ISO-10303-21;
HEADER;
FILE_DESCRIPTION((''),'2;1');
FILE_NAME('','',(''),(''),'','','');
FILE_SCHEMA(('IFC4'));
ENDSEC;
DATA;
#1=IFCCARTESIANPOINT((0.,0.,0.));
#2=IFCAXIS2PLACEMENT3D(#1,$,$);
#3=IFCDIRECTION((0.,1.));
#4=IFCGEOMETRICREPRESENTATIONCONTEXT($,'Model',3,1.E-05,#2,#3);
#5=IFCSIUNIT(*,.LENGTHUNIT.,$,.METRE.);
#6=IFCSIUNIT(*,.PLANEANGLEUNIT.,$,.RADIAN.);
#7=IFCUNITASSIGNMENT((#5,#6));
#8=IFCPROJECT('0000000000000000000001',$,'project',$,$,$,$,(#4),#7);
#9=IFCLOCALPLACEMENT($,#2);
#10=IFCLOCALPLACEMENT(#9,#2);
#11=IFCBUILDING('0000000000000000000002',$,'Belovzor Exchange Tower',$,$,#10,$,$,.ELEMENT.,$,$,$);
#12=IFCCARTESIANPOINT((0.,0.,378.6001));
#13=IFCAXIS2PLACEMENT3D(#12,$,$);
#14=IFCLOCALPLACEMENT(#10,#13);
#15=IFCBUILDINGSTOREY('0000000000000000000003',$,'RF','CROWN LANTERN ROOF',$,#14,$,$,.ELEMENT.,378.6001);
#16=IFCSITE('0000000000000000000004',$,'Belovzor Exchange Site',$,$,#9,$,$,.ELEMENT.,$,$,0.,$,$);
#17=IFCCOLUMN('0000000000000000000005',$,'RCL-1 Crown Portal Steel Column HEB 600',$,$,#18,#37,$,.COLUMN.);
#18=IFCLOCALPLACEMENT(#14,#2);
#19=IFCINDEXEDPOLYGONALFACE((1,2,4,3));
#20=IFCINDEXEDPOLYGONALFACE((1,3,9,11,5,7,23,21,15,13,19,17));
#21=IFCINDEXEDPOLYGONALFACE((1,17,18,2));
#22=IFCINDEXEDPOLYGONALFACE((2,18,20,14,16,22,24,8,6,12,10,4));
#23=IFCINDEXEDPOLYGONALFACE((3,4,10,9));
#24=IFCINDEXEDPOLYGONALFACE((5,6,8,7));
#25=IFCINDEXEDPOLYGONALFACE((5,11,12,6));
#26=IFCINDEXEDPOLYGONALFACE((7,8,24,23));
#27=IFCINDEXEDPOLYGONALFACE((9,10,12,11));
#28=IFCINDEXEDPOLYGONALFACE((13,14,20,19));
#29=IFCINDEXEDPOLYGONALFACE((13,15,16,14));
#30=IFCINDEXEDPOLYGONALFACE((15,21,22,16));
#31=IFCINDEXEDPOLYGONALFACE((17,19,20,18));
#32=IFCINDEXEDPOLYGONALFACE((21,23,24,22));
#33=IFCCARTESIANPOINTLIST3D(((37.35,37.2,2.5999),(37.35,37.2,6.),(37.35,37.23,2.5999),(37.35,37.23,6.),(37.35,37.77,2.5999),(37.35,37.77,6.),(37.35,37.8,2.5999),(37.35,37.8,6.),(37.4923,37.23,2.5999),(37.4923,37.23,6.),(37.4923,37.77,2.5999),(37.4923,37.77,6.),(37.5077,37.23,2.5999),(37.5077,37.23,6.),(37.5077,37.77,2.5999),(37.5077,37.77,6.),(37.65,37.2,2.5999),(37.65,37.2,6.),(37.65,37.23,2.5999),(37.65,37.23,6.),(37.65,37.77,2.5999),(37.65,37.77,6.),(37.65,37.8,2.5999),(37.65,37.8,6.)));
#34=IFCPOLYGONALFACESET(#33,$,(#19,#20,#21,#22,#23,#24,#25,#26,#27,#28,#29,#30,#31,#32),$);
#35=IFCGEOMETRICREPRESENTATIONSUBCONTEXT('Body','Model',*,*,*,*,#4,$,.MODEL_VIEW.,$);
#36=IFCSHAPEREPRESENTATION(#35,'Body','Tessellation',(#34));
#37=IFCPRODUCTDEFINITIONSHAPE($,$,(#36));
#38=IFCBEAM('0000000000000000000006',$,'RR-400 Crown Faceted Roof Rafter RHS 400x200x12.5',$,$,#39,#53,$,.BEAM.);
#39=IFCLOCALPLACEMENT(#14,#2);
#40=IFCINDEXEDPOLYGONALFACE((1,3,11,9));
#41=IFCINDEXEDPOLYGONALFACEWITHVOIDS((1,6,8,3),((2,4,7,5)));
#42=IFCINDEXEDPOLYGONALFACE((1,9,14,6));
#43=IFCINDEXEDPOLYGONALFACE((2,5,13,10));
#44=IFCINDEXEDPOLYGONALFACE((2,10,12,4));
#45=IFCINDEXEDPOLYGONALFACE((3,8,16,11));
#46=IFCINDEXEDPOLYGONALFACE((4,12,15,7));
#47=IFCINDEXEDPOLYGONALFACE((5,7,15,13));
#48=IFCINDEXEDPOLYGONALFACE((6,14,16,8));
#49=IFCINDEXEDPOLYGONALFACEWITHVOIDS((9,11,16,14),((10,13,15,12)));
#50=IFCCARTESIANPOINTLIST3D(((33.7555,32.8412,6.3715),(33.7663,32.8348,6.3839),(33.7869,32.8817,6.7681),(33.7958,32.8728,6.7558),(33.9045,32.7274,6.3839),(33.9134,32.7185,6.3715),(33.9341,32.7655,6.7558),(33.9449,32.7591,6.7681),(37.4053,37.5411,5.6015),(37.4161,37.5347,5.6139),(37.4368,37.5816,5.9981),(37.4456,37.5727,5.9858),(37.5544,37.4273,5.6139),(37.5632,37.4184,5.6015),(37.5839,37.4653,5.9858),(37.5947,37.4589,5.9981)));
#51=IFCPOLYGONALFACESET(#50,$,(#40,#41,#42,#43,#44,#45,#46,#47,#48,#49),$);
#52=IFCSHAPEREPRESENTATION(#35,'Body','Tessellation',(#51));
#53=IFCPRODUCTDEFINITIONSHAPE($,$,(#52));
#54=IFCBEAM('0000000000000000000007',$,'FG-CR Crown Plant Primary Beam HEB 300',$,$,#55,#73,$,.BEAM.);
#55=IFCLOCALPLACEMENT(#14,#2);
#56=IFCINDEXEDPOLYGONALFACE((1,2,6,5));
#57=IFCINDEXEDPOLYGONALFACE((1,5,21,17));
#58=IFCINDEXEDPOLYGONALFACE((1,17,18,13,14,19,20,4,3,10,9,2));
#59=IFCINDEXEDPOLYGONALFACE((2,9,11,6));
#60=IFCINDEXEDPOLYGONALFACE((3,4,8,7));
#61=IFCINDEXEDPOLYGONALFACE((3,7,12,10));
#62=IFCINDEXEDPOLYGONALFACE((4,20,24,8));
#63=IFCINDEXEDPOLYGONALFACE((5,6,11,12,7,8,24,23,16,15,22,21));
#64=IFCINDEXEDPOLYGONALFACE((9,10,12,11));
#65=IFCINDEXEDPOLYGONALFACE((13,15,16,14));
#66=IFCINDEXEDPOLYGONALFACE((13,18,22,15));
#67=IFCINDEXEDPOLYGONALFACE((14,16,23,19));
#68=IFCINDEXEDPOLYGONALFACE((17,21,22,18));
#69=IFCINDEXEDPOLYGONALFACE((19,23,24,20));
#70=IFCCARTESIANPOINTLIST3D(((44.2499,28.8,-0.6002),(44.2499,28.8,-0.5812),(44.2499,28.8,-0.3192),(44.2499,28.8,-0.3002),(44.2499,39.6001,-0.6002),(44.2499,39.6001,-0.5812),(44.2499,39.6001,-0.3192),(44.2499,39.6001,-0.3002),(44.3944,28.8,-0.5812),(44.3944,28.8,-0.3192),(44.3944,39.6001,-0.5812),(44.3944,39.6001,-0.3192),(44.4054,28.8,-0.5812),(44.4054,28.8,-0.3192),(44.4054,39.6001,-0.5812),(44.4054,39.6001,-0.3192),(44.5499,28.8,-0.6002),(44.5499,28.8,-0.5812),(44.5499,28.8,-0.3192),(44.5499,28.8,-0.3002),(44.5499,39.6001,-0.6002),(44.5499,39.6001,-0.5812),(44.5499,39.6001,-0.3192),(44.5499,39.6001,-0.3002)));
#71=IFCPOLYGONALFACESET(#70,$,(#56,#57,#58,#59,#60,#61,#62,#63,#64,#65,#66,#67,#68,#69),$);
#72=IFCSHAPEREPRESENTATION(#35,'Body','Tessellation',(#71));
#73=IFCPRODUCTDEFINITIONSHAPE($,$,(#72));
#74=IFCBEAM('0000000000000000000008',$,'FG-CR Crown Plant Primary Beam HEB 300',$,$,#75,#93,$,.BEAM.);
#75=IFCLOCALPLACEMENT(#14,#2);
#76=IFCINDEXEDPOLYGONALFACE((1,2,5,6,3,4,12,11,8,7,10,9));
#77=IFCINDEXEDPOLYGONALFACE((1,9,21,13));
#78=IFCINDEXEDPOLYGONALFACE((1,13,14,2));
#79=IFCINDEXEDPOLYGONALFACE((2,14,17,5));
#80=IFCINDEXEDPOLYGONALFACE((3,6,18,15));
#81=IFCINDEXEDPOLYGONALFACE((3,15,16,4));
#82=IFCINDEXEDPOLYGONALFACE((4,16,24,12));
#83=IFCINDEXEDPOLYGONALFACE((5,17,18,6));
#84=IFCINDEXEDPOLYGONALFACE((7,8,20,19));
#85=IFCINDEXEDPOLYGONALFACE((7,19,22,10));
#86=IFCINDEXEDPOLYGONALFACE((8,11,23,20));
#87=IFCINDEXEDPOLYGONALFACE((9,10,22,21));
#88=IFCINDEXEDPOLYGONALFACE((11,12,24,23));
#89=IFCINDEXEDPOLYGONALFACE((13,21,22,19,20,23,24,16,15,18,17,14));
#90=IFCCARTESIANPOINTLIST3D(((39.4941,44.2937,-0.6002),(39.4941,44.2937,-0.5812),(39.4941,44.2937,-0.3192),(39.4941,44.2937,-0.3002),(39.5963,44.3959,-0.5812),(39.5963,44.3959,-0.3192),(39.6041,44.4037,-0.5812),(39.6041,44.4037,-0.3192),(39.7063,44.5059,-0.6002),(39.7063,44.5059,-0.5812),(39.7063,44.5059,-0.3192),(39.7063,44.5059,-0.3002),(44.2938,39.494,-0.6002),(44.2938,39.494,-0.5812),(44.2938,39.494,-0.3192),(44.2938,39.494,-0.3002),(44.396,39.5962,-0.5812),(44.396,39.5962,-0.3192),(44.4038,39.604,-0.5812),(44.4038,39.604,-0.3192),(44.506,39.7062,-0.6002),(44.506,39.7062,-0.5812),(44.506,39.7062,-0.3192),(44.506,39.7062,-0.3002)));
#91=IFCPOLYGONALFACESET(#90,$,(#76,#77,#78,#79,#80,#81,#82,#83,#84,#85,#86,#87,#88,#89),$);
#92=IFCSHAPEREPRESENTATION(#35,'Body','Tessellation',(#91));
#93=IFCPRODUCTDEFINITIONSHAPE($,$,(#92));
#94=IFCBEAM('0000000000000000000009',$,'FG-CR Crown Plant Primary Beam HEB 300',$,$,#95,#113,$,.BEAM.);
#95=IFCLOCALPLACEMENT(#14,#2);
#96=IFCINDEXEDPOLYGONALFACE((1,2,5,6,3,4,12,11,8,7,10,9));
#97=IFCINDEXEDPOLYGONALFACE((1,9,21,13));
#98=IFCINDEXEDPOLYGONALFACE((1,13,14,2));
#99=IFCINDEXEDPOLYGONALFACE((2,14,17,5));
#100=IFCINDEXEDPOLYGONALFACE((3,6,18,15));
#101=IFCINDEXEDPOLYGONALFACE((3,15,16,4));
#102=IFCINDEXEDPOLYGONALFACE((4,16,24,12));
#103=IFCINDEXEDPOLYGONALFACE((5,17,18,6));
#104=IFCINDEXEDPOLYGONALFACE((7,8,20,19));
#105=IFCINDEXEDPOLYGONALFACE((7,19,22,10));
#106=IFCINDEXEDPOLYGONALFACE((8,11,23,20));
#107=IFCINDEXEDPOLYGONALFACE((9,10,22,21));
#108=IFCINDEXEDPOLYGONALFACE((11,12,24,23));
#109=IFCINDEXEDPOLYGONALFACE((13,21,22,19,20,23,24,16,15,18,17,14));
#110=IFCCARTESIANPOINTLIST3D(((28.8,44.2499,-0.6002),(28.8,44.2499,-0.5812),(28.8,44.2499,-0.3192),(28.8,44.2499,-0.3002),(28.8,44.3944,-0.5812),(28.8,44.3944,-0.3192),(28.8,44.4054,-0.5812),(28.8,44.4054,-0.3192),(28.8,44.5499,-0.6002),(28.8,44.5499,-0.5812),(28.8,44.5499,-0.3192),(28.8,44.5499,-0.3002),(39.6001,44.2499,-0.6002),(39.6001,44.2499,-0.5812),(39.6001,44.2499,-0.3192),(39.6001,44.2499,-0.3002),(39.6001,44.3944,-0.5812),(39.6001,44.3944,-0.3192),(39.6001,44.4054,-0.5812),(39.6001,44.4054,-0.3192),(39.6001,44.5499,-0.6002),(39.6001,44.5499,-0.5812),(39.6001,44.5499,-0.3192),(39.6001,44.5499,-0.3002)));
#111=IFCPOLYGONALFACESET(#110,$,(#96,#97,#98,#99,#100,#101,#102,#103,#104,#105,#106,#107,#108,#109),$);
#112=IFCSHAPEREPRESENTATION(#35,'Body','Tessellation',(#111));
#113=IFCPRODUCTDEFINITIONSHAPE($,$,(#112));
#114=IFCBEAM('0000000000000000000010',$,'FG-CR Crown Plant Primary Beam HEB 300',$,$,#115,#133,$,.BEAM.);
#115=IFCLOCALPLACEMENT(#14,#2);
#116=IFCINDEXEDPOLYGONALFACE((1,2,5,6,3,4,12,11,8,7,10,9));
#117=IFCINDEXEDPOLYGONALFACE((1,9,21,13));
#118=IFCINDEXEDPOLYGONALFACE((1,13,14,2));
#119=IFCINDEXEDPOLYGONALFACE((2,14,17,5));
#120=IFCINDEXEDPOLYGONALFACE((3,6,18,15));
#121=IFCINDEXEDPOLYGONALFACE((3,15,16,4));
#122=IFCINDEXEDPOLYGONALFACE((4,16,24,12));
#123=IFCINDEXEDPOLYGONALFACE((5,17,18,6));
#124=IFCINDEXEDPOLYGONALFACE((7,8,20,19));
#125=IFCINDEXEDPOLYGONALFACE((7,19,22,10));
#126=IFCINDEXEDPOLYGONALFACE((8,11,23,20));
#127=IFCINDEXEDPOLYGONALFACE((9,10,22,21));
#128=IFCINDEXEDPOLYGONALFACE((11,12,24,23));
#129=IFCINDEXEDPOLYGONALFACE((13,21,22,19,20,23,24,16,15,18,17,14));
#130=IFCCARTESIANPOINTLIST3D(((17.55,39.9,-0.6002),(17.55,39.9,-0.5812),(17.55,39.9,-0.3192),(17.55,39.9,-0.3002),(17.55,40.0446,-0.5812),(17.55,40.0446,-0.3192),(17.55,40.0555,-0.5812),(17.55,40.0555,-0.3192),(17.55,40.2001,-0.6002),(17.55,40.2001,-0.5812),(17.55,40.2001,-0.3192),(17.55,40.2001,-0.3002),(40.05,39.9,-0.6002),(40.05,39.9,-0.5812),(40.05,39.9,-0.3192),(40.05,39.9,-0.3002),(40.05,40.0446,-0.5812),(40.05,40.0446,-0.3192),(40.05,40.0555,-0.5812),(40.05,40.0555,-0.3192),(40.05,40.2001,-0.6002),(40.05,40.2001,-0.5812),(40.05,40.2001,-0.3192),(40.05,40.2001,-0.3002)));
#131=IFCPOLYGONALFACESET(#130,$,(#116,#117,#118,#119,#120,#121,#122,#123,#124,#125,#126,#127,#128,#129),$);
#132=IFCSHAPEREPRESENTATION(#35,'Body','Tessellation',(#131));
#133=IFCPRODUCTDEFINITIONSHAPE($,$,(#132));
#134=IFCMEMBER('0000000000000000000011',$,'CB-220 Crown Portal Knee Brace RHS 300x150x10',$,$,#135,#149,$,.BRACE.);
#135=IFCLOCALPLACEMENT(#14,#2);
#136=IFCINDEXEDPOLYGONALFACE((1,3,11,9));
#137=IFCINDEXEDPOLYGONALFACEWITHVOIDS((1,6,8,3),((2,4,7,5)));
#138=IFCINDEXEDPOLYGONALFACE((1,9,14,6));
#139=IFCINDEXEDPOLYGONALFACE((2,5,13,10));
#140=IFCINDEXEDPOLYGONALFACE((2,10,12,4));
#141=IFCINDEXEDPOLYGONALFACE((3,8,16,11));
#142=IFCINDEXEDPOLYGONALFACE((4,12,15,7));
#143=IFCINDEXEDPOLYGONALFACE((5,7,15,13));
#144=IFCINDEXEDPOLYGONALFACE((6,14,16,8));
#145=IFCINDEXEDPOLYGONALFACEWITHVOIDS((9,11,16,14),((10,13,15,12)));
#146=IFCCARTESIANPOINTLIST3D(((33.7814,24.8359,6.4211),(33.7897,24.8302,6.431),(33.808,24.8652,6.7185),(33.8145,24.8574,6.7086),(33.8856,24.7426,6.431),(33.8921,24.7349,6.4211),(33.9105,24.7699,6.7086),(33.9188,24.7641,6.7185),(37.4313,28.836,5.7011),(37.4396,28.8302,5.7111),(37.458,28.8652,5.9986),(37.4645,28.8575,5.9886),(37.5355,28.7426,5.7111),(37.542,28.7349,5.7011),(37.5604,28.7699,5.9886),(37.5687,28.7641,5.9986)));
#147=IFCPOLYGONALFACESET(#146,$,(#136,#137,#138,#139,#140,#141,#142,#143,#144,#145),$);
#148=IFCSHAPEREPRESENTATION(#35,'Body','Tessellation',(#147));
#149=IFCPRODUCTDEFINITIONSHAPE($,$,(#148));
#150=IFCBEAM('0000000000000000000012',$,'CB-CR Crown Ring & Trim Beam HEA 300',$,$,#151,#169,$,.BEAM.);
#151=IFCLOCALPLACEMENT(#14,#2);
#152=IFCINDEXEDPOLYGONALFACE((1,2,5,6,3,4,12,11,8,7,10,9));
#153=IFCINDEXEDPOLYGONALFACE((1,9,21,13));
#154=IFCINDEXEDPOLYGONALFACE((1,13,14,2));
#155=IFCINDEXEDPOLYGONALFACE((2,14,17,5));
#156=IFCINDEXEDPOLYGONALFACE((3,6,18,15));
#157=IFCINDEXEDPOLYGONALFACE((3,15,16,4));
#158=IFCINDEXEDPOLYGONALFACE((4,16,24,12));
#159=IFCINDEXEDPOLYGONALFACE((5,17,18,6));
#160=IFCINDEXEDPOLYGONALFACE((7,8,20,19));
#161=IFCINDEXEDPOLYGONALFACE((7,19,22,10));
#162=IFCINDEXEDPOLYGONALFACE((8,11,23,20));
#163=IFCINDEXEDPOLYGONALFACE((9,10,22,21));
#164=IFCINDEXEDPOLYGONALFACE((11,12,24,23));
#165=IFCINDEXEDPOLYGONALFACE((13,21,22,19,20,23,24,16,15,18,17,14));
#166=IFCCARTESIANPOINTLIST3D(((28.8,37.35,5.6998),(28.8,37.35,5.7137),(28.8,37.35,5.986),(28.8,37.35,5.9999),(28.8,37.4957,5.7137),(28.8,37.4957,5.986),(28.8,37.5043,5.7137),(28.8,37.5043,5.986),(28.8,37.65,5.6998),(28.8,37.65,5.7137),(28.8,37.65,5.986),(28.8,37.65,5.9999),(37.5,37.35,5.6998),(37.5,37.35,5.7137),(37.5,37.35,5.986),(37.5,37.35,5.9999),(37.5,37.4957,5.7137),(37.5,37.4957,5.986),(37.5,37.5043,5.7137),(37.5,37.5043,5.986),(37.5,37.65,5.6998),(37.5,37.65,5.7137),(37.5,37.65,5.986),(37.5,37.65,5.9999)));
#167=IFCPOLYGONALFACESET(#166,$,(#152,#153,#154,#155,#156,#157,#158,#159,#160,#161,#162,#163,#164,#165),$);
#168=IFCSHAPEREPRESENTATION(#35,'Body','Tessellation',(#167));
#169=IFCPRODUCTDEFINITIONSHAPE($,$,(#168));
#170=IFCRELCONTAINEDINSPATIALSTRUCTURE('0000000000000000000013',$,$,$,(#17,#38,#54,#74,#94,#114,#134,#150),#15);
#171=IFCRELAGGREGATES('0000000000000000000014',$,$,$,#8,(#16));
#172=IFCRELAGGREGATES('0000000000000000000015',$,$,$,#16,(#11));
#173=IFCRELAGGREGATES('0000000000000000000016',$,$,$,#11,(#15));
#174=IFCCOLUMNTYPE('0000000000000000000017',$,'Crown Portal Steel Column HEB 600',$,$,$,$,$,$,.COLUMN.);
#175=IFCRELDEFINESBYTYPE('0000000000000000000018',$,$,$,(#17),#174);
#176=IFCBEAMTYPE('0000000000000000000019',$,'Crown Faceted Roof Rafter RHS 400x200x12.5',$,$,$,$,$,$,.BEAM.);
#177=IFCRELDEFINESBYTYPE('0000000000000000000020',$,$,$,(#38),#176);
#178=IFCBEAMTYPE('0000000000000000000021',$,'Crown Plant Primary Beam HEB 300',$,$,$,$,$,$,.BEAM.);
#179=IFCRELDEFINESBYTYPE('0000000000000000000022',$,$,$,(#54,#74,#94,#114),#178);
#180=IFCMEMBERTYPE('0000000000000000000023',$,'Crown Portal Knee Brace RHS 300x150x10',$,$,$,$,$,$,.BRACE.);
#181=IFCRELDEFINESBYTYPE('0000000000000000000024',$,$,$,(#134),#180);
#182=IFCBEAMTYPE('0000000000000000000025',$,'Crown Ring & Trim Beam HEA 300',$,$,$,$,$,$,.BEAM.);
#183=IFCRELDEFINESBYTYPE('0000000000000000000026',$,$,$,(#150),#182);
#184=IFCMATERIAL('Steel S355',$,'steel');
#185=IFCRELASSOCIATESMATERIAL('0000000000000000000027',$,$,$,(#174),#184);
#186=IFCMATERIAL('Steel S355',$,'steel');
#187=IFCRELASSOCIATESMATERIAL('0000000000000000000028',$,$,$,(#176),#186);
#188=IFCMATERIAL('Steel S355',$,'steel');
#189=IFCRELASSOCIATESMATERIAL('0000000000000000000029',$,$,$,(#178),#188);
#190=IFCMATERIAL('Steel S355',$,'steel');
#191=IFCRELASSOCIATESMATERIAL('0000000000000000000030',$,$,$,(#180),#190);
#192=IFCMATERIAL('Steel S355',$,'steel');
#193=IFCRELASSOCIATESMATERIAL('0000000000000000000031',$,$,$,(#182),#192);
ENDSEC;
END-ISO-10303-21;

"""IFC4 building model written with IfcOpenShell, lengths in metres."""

from ifc_helpers import new_model, si_unit, direction, frame, origin, origin_2d, place, context, subcontext, project, spatial, hollow_rectangle, i_section, extrude, material, material_profile, profile_set, type_object, element, save


model = new_model("IFC4")

# Units and contexts
model_context = context("Model", 3, precision=1e-05, world=origin(), true_north=direction((0.0, 1.0)))
body_context = subcontext(model_context, "Body", "Model", "MODEL_VIEW")
ifc_project = project(units=[si_unit("LENGTHUNIT", "METRE"), si_unit("PLANEANGLEUNIT", "RADIAN")], contexts=[model_context])

# Site, building, storey
site_placement = place(None, origin())
site = spatial("IfcSite", under=ifc_project, at=site_placement, Name="Belovzor Exchange Site", CompositionType="ELEMENT", RefElevation=0.0)
building_placement = place(site_placement, origin())
building = spatial("IfcBuilding", under=site, at=building_placement, Name="Belovzor Exchange Tower", CompositionType="ELEMENT")
storey_placement = place(building_placement, frame((0.0, 0.0, 378.6001)))
storey = spatial("IfcBuildingStorey", under=building, at=storey_placement, Name="RF", Description="CROWN LANTERN ROOF", CompositionType="ELEMENT", Elevation=378.6001)

# Column
ifc_material_1 = material(Name="Steel S355", Category="steel")
ifc_material_profile_1 = material_profile(ifc_material_1, i_section(OverallWidth=0.3, OverallDepth=0.6001, WebThickness=0.0154, FlangeThickness=0.03, at=origin_2d()))
ifc_profile_set_1 = profile_set([ifc_material_profile_1], Name="Steel S355")
column_type = type_object("IfcColumnType", Name="Crown Portal Steel Column HEB 600", PredefinedType="COLUMN", material=ifc_profile_set_1)
column_placement = place(storey_placement, frame((37.5, 37.5, 2.5999), z_axis=(0.0, 0.0, 1.0), x_axis=(1.0, 0.0, 0.0)))
element("IfcColumn", 1, at=column_placement, inside=storey, type_object=column_type, Name="RCL-1 Crown Portal Steel Column HEB 600", PredefinedType="COLUMN", context=body_context, shape_type="SweptSolid", body=[
    extrude(i_section(OverallWidth=0.3, OverallDepth=0.6001, WebThickness=0.0154, FlangeThickness=0.03, at=origin_2d()), origin(), (0.0, 0.0, 1.0), 3.4001),
])

# Beams
ifc_material_2 = material(Name="Steel S355", Category="steel")
ifc_material_profile_2 = material_profile(ifc_material_2, hollow_rectangle(XDim=0.2, YDim=0.3999, WallThickness=0.0125, at=origin_2d()))
ifc_profile_set_2 = profile_set([ifc_material_profile_2], Name="Steel S355")
beam_type_1 = type_object("IfcBeamType", Name="Crown Faceted Roof Rafter RHS 400x200x12.5", PredefinedType="BEAM", material=ifc_profile_set_2)
beam_1_placement = place(storey_placement, frame((37.5, 37.5, 5.7998), z_axis=(-0.608281, -0.783279, 0.128329), x_axis=(0.789809, -0.613352, 0.0)))
element("IfcBeam", 2, at=beam_1_placement, inside=storey, type_object=beam_type_1, Name="RR-400 Crown Faceted Roof Rafter RHS 400x200x12.5", PredefinedType="BEAM", context=body_context, shape_type="SweptSolid", body=[
    extrude(hollow_rectangle(XDim=0.2, YDim=0.3999, WallThickness=0.0125, at=origin_2d()), origin(), (0.0, 0.0, 1.0), 6.0002),
])
ifc_material_3 = material(Name="Steel S355", Category="steel")
ifc_material_profile_3 = material_profile(ifc_material_3, i_section(OverallWidth=0.3, OverallDepth=0.3, WebThickness=0.011, FlangeThickness=0.019, at=origin_2d()))
ifc_profile_set_3 = profile_set([ifc_material_profile_3], Name="Steel S355")
beam_type_2 = type_object("IfcBeamType", Name="Crown Plant Primary Beam HEB 300", PredefinedType="BEAM", material=ifc_profile_set_3)
beam_2_placement = place(storey_placement, frame((44.3999, 28.8, -0.4502), z_axis=(0.0, 1.0, 0.0), x_axis=(-1.0, 0.0, 0.0)))
element("IfcBeam", 3, at=beam_2_placement, inside=storey, type_object=beam_type_2, Name="FG-CR Crown Plant Primary Beam HEB 300", PredefinedType="BEAM", context=body_context, shape_type="SweptSolid", body=[
    extrude(i_section(OverallWidth=0.3, OverallDepth=0.3, WebThickness=0.011, FlangeThickness=0.019, at=origin_2d()), origin(), (0.0, 0.0, 1.0), 10.8),
])
beam_3_placement = place(storey_placement, frame((44.3999, 39.6001, -0.4502), z_axis=(-0.707107, 0.707107, 0.0), x_axis=(-0.707107, -0.707107, 0.0)))
element("IfcBeam", 4, at=beam_3_placement, inside=storey, type_object=beam_type_2, Name="FG-CR Crown Plant Primary Beam HEB 300", PredefinedType="BEAM", context=body_context, shape_type="SweptSolid", body=[
    extrude(i_section(OverallWidth=0.3, OverallDepth=0.3, WebThickness=0.011, FlangeThickness=0.019, at=origin_2d()), origin(), (0.0, 0.0, 1.0), 6.7878),
])
beam_4_placement = place(storey_placement, frame((39.6001, 44.3999, -0.4502), z_axis=(-1.0, 0.0, 0.0), x_axis=(0.0, -1.0, 0.0)))
element("IfcBeam", 5, at=beam_4_placement, inside=storey, type_object=beam_type_2, Name="FG-CR Crown Plant Primary Beam HEB 300", PredefinedType="BEAM", context=body_context, shape_type="SweptSolid", body=[
    extrude(i_section(OverallWidth=0.3, OverallDepth=0.3, WebThickness=0.011, FlangeThickness=0.019, at=origin_2d()), origin(), (0.0, 0.0, 1.0), 10.8),
])
beam_5_placement = place(storey_placement, frame((40.05, 40.05, -0.4502), z_axis=(-1.0, 0.0, 0.0), x_axis=(0.0, -1.0, 0.0)))
element("IfcBeam", 6, at=beam_5_placement, inside=storey, type_object=beam_type_2, Name="FG-CR Crown Plant Primary Beam HEB 300", PredefinedType="BEAM", context=body_context, shape_type="SweptSolid", body=[
    extrude(i_section(OverallWidth=0.3, OverallDepth=0.3, WebThickness=0.011, FlangeThickness=0.019, at=origin_2d()), origin(), (0.0, 0.0, 1.0), 22.5),
])

# Member
ifc_material_4 = material(Name="Steel S355", Category="steel")
ifc_material_profile_4 = material_profile(ifc_material_4, hollow_rectangle(XDim=0.1499, YDim=0.3, WallThickness=0.01, at=origin_2d()))
ifc_profile_set_4 = profile_set([ifc_material_profile_4], Name="Steel S355")
member_type_1 = type_object("IfcMemberType", Name="Crown Portal Knee Brace RHS 300x150x10", PredefinedType="BRACE", material=ifc_profile_set_4)
member_1_placement = place(storey_placement, frame((37.5, 28.8, 5.8499), z_axis=(-0.66816, -0.73225, 0.1318), x_axis=(0.738694, -0.674041, 0.0)))
element("IfcMember", 7, at=member_1_placement, inside=storey, type_object=member_type_1, Name="CB-220 Crown Portal Knee Brace RHS 300x150x10", PredefinedType="BRACE", context=body_context, shape_type="SweptSolid", body=[
    extrude(hollow_rectangle(XDim=0.1499, YDim=0.3, WallThickness=0.01, at=origin_2d()), origin(), (0.0, 0.0, 1.0), 5.4626),
])

# Beam
ifc_material_5 = material(Name="Steel S355", Category="steel")
ifc_material_profile_5 = material_profile(ifc_material_5, i_section(OverallWidth=0.3, OverallDepth=0.3, WebThickness=0.0085, FlangeThickness=0.0139, at=origin_2d()))
ifc_profile_set_5 = profile_set([ifc_material_profile_5], Name="Steel S355")
beam_type_3 = type_object("IfcBeamType", Name="Crown Ring & Trim Beam HEA 300", PredefinedType="BEAM", material=ifc_profile_set_5)
beam_6_placement = place(storey_placement, frame((37.5, 37.5, 5.8499), z_axis=(-1.0, 0.0, 0.0), x_axis=(0.0, -1.0, 0.0)))
element("IfcBeam", 8, at=beam_6_placement, inside=storey, type_object=beam_type_3, Name="CB-CR Crown Ring & Trim Beam HEA 300", PredefinedType="BEAM", context=body_context, shape_type="SweptSolid", body=[
    extrude(i_section(OverallWidth=0.3, OverallDepth=0.3, WebThickness=0.0085, FlangeThickness=0.0139, at=origin_2d()), origin(), (0.0, 0.0, 1.0), 8.7),
])

save(model, "model.ifc")
